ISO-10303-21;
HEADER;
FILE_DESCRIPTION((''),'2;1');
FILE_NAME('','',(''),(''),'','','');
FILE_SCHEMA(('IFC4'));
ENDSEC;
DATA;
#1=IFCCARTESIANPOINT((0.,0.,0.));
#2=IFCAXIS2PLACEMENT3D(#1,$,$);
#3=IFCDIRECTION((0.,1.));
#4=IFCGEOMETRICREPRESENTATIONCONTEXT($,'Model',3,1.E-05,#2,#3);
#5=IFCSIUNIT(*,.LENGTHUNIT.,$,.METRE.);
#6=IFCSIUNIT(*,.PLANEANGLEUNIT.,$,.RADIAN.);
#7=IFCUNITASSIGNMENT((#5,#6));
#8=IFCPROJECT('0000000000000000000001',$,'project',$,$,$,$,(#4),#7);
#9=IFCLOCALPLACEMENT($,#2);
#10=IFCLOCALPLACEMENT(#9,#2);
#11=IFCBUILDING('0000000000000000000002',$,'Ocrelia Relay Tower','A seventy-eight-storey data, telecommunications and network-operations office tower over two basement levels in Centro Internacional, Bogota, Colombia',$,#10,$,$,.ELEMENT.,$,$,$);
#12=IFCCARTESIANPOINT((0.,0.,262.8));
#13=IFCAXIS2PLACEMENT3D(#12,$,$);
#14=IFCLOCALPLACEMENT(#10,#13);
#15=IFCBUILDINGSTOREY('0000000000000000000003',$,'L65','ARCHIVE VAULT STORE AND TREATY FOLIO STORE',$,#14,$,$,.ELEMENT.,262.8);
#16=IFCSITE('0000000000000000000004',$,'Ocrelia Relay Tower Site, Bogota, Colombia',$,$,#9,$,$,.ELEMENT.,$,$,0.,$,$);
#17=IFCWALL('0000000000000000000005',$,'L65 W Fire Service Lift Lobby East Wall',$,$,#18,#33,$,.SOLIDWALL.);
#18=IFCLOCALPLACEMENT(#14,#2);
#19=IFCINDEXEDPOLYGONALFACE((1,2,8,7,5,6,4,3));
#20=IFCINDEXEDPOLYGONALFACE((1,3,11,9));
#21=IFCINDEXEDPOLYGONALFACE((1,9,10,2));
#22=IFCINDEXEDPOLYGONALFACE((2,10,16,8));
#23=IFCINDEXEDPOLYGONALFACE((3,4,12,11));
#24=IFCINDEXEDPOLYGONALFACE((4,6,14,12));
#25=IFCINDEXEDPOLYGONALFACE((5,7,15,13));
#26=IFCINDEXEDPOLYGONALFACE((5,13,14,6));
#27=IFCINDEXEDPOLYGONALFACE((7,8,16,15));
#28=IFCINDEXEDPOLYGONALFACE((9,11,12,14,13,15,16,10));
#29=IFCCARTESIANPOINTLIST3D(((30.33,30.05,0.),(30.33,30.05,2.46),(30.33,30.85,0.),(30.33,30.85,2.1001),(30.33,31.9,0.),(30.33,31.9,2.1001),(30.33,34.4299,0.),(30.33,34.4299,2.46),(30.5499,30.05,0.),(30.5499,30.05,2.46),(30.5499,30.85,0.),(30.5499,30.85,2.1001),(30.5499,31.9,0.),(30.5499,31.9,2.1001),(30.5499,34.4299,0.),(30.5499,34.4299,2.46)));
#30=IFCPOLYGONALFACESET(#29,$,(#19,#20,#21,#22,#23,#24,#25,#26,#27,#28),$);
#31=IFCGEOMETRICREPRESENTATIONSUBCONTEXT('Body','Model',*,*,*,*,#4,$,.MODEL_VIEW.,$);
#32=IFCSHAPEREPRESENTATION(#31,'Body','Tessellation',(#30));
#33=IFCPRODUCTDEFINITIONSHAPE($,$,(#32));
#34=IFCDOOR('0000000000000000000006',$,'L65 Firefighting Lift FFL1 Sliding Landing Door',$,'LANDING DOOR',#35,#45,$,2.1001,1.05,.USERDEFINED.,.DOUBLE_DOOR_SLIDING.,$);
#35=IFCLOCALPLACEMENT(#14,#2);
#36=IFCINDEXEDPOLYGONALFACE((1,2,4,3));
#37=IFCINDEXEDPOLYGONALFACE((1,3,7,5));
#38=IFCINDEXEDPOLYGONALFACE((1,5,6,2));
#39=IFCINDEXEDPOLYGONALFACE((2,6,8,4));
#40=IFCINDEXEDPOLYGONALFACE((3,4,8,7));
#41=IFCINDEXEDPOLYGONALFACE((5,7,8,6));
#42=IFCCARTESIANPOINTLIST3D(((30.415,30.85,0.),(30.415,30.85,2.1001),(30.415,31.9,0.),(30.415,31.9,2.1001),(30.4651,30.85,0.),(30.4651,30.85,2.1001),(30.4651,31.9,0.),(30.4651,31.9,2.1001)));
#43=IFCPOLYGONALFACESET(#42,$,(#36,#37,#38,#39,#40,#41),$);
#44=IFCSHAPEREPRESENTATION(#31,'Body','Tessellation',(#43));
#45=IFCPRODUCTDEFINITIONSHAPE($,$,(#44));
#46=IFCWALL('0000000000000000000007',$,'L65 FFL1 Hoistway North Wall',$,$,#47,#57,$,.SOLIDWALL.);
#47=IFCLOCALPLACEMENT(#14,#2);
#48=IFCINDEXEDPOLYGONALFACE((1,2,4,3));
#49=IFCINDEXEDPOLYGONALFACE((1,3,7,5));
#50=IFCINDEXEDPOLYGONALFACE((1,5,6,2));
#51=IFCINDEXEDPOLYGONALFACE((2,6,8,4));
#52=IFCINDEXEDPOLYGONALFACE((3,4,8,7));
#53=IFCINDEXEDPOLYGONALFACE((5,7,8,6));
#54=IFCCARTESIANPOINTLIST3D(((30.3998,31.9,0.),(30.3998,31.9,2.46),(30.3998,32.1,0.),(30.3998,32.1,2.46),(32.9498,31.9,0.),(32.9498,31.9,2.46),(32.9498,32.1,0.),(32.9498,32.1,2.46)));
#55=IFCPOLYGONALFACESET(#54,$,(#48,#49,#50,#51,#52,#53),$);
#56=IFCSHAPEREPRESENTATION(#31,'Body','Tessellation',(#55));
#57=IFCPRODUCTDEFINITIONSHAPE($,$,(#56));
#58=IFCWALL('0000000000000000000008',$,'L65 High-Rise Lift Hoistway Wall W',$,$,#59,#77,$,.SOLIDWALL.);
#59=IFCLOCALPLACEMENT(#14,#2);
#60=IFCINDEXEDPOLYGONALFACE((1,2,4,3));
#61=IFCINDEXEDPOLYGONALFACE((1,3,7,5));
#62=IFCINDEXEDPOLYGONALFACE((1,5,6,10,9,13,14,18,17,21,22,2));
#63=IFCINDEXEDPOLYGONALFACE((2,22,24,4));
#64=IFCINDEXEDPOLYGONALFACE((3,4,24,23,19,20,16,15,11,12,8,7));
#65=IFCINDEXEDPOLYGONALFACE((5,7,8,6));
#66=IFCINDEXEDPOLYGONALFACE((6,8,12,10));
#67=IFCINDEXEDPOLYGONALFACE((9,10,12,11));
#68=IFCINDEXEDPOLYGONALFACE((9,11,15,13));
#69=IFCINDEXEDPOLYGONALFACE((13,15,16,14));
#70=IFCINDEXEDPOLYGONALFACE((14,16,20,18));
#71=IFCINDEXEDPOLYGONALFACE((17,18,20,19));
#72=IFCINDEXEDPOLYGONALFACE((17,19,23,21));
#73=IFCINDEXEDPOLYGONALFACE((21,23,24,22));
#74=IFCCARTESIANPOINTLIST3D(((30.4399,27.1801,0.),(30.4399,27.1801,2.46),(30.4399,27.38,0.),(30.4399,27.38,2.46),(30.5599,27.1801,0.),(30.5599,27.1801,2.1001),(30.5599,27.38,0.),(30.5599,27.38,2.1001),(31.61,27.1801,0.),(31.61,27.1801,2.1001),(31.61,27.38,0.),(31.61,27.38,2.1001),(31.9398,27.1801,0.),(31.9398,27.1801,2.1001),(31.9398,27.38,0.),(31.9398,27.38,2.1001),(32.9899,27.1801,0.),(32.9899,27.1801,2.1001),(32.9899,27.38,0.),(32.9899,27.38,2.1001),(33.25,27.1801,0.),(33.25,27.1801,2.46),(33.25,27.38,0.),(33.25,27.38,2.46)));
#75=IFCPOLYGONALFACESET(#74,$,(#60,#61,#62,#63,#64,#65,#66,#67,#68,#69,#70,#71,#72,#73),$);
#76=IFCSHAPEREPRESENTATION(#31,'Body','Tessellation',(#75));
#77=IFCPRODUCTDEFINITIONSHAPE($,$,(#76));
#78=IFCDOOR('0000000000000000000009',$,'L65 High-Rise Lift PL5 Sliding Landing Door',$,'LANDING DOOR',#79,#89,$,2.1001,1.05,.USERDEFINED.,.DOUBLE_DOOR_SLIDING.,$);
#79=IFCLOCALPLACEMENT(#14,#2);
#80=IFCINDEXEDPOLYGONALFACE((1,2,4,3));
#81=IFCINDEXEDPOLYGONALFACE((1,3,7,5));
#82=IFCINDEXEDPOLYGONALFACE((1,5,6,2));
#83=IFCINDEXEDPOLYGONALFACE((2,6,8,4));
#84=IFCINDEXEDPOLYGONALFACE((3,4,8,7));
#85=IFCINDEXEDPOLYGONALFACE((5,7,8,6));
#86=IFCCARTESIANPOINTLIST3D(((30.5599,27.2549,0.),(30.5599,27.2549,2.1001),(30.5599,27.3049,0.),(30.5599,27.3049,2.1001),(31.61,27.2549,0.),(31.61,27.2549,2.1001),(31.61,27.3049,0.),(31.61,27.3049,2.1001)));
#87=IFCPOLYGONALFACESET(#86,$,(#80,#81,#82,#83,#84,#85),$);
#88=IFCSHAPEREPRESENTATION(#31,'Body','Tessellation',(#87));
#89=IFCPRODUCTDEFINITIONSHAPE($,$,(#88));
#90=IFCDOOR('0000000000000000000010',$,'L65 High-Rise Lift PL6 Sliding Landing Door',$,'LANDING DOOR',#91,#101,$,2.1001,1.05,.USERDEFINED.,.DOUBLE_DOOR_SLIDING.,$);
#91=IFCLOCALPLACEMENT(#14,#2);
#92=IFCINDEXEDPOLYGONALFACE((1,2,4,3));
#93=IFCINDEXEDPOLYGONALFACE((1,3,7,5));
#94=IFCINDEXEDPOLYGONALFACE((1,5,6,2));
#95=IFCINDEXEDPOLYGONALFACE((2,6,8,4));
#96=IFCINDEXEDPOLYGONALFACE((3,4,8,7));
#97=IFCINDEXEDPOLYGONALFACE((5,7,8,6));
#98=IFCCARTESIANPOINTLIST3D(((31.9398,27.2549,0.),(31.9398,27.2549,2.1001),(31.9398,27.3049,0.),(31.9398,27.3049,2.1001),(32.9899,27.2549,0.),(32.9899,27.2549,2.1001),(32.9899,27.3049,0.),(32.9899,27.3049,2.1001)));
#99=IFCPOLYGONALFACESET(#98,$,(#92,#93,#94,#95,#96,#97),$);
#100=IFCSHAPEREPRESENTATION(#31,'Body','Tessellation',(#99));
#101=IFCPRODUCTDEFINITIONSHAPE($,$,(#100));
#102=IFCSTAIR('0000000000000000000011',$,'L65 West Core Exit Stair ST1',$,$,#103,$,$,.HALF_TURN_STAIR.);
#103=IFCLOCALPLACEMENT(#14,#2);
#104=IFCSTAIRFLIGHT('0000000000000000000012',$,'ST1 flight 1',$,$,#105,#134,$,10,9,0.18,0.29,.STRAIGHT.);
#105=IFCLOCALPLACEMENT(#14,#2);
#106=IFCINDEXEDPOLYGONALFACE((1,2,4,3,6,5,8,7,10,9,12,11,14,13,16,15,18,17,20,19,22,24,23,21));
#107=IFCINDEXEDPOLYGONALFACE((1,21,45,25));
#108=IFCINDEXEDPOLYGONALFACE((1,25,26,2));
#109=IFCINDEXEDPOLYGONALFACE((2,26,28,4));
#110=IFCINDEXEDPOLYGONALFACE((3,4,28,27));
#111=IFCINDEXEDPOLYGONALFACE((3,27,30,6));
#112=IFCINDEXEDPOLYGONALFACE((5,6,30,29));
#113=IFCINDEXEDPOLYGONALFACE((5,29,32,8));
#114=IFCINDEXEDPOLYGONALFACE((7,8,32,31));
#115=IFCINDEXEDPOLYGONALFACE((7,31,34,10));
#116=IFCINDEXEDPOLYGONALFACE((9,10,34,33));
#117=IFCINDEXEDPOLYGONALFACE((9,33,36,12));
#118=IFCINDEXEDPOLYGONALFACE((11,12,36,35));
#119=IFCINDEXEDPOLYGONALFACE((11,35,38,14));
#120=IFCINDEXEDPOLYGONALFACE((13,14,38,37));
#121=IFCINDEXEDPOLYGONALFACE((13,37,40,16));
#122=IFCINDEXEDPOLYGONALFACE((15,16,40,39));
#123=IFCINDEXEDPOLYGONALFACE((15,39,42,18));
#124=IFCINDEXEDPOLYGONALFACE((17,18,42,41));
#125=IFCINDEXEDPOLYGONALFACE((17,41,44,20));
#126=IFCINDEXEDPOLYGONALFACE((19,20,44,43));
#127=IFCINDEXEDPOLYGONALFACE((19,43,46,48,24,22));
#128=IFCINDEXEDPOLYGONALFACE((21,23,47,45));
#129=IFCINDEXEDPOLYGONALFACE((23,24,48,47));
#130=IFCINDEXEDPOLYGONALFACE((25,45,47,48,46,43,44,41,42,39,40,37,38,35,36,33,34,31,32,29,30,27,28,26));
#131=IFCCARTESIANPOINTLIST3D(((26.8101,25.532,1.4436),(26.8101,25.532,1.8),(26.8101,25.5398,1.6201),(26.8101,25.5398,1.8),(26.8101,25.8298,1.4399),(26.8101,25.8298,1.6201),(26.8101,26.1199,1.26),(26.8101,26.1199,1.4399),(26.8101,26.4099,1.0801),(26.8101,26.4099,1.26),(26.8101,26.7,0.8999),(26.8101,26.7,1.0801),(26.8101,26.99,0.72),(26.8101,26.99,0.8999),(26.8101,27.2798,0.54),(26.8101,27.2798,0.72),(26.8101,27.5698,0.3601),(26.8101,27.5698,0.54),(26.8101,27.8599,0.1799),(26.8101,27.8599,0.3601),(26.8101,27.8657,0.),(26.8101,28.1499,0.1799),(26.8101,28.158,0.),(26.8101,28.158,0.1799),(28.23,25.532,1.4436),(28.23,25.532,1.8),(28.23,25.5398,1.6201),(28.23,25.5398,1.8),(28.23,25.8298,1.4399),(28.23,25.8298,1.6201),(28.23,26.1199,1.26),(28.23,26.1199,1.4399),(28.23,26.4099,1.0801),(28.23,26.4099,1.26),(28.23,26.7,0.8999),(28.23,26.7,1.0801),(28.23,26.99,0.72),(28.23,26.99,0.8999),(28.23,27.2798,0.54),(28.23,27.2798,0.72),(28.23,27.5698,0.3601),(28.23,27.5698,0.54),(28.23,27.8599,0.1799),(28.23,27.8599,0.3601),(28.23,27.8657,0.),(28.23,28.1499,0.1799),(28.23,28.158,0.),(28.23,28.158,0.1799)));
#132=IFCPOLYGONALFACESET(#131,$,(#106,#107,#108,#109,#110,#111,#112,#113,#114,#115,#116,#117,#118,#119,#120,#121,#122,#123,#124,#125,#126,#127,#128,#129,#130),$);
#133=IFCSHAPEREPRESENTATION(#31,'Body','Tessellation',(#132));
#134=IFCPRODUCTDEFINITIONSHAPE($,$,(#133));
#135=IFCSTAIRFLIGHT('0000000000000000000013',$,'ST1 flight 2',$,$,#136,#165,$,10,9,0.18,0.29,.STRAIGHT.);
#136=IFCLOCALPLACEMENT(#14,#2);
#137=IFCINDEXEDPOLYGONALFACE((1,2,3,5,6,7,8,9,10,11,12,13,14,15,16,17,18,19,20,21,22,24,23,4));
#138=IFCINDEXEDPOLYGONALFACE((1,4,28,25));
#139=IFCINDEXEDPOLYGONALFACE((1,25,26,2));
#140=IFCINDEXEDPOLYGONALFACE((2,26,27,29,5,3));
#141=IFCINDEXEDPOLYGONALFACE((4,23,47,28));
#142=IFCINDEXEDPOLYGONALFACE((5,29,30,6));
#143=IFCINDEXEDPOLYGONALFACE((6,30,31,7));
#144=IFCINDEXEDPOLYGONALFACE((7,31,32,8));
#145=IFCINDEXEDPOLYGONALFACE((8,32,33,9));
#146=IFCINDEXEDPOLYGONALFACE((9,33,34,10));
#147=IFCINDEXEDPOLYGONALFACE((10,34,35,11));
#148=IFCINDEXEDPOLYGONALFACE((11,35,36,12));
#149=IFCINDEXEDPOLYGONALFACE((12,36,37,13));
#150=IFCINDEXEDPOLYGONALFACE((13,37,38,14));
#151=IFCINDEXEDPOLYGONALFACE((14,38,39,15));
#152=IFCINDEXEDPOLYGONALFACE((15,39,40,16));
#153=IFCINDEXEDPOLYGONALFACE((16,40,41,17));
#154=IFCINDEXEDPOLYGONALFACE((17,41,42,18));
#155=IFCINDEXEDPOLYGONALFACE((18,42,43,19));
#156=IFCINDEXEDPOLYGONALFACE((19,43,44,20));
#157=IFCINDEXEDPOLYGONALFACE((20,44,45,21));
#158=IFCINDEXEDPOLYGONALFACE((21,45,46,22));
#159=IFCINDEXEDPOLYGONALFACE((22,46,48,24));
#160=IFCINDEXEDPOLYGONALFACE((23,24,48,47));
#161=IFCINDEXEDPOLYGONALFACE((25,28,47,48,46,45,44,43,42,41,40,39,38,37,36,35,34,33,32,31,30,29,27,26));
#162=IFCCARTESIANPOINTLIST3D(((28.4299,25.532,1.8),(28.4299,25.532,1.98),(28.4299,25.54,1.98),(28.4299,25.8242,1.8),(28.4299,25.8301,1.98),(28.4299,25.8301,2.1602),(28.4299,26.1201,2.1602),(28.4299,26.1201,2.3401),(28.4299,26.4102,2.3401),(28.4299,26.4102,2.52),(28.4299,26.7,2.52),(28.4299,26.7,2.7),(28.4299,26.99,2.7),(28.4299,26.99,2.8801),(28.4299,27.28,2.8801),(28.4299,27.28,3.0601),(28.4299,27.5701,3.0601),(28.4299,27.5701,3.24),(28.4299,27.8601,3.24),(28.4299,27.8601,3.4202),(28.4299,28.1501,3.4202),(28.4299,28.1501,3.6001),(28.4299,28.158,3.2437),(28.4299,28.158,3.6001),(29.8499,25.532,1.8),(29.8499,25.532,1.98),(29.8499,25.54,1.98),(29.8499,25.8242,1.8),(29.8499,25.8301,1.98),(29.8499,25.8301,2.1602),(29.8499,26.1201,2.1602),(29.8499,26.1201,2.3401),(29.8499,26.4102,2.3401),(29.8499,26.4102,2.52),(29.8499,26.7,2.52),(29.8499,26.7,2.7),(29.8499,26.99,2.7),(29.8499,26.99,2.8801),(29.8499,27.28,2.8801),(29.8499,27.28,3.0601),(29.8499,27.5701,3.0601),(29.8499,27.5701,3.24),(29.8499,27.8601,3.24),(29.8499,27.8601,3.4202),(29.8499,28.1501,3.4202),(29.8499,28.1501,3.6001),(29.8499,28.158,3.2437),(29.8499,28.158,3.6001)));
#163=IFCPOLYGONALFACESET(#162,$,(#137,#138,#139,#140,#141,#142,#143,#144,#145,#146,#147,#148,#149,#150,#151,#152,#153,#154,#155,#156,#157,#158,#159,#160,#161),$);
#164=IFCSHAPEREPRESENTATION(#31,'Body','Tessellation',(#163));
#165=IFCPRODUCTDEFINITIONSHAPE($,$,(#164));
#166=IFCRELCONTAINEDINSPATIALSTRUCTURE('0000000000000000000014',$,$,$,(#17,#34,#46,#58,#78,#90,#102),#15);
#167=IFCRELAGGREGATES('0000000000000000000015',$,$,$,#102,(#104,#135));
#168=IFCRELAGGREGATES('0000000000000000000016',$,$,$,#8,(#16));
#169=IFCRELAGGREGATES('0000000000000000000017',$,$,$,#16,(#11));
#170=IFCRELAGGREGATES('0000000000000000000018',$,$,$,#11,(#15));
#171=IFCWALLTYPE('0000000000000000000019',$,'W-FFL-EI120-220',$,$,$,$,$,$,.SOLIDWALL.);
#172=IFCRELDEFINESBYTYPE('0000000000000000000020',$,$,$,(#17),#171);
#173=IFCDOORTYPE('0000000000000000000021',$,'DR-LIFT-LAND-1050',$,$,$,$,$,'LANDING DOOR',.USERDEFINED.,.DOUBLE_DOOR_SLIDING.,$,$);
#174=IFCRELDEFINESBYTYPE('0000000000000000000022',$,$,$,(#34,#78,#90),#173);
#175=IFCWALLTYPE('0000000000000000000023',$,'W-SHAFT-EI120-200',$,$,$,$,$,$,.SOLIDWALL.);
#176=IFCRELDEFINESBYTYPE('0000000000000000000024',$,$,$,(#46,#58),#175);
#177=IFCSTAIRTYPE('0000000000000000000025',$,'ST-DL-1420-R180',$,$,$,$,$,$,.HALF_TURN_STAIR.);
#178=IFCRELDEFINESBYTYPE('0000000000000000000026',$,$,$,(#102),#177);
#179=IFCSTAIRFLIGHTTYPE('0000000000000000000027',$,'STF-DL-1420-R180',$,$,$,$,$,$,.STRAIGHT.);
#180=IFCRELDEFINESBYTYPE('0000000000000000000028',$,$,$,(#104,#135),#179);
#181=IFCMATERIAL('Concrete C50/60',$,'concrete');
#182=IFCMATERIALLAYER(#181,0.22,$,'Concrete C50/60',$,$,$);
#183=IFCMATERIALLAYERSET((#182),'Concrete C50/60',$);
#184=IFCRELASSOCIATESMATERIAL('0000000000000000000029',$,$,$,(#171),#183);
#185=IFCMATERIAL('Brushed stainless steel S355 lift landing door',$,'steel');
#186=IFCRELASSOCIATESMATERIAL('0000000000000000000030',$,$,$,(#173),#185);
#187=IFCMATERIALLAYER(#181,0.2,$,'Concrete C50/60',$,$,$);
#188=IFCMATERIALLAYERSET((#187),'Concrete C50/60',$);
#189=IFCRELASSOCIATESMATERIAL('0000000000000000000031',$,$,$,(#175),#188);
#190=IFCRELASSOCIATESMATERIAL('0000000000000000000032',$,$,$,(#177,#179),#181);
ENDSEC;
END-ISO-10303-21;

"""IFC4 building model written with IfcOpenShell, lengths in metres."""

from ifc_helpers import new_model, si_unit, direction, frame, frame_2d, origin, place, context, subcontext, project, spatial, polyline, rectangle, outline, extrude, material, layer, layer_set, type_object, element, fill, aggregate, save


model = new_model("IFC4")

# Units and contexts
model_context = context("Model", 3, precision=1e-05, world=origin(), true_north=direction((0.0, 1.0)))
body_context = subcontext(model_context, "Body", "Model", "MODEL_VIEW")
ifc_project = project(units=[si_unit("LENGTHUNIT", "METRE"), si_unit("PLANEANGLEUNIT", "RADIAN")], contexts=[model_context])

# Site, building, storey
site_placement = place(None, origin())
site = spatial("IfcSite", under=ifc_project, at=site_placement, Name="Ocrelia Relay Tower Site, Bogota, Colombia", CompositionType="ELEMENT", RefElevation=0.0)
building_placement = place(site_placement, origin())
building = spatial("IfcBuilding", under=site, at=building_placement, Name="Ocrelia Relay Tower", Description="A seventy-eight-storey data, telecommunications and network-operations office tower over two basement levels in Centro Internacional, Bogota, Colombia", CompositionType="ELEMENT")
storey_placement = place(building_placement, frame((0.0, 0.0, 262.8)))
storey = spatial("IfcBuildingStorey", under=building, at=storey_placement, Name="L65", Description="ARCHIVE VAULT STORE AND TREATY FOLIO STORE", CompositionType="ELEMENT", Elevation=262.8)

# Shared definitions
ifc_material_1 = material(Name="Concrete C50/60", Category="concrete")

# Shared definitions
ifc_layer_1 = layer(ifc_material_1, 0.22, Name="Concrete C50/60")
ifc_layer_set_1 = layer_set([ifc_layer_1], Name="Concrete C50/60")
wall_type_1 = type_object("IfcWallType", Name="W-FFL-EI120-220", PredefinedType="SOLIDWALL", material=ifc_layer_set_1)

# Wall, opening, door
wall_1_placement = place(storey_placement, frame((30.4399, 30.05, 0.0), z_axis=(0.0, 0.0, 1.0), x_axis=(0.0, 1.0, 0.0)))
wall_1 = element("IfcWall", 1, at=wall_1_placement, inside=storey, type_object=wall_type_1, Name="L65 W Fire Service Lift Lobby East Wall", PredefinedType="SOLIDWALL", context=body_context, shape_type="SweptSolid", body=[
    extrude(rectangle(XDim=4.3799, YDim=0.22, at=frame_2d((2.1899, 0.0))), origin(), (0.0, 0.0, 1.0), 2.46),
])
opening_1_placement = place(wall_1_placement, frame((0.8, 0.0, 0.0)))
opening_1 = element("IfcOpeningElement", 2, at=opening_1_placement, cuts=wall_1, PredefinedType="OPENING", context=body_context, shape_type="SweptSolid", body=[
    extrude(rectangle(XDim=1.05, YDim=2.1001, at=frame_2d((0.5249, 1.05))), frame((0.0, 0.1201, 0.0), z_axis=(0.0, -1.0, 0.0), x_axis=(1.0, 0.0, 0.0)), (0.0, 0.0, 1.0), 0.24),
])
ifc_material_2 = material(Name="Brushed stainless steel S355 lift landing door", Category="steel")
door_type_1 = type_object("IfcDoorType", Name="DR-LIFT-LAND-1050", ElementType="LANDING DOOR", OperationType="DOUBLE_DOOR_SLIDING", PredefinedType="USERDEFINED", material=ifc_material_2)
door_1_placement = place(opening_1_placement, origin())
door_1 = element("IfcDoor", 3, at=door_1_placement, inside=storey, type_object=door_type_1, Name="L65 Firefighting Lift FFL1 Sliding Landing Door", ObjectType="LANDING DOOR", OperationType="DOUBLE_DOOR_SLIDING", OverallHeight=2.1001, OverallWidth=1.05, PredefinedType="USERDEFINED", context=body_context, shape_type="SweptSolid", body=[
    extrude(rectangle(XDim=1.05, YDim=2.1001, at=frame_2d((0.5249, 1.05))), frame((0.0, 0.0249, 0.0), z_axis=(0.0, -1.0, 0.0), x_axis=(1.0, 0.0, 0.0)), (0.0, 0.0, 1.0), 0.05),
])
fill(opening_1, door_1)

# Wall
ifc_layer_2 = layer(ifc_material_1, 0.2, Name="Concrete C50/60")
ifc_layer_set_2 = layer_set([ifc_layer_2], Name="Concrete C50/60")
wall_type_2 = type_object("IfcWallType", Name="W-SHAFT-EI120-200", PredefinedType="SOLIDWALL", material=ifc_layer_set_2)
wall_2_placement = place(storey_placement, frame((30.3999, 32.0, 0.0), z_axis=(0.0, 0.0, 1.0), x_axis=(1.0, 0.0, 0.0)))
element("IfcWall", 4, at=wall_2_placement, inside=storey, type_object=wall_type_2, Name="L65 FFL1 Hoistway North Wall", PredefinedType="SOLIDWALL", context=body_context, shape_type="SweptSolid", body=[
    extrude(rectangle(XDim=2.55, YDim=0.2, at=frame_2d((1.2749, 0.0))), origin(), (0.0, 0.0, 1.0), 2.46),
])

# Wall, openings, doors
wall_3_placement = place(storey_placement, frame((30.4399, 27.28, 0.0), z_axis=(0.0, 0.0, 1.0), x_axis=(1.0, 0.0, 0.0)))
wall_3 = element("IfcWall", 5, at=wall_3_placement, inside=storey, type_object=wall_type_2, Name="L65 High-Rise Lift Hoistway Wall W", PredefinedType="SOLIDWALL", context=body_context, shape_type="SweptSolid", body=[
    extrude(rectangle(XDim=2.8101, YDim=0.2, at=frame_2d((1.405, 0.0))), origin(), (0.0, 0.0, 1.0), 2.46),
])
opening_2_placement = place(wall_3_placement, frame((0.1201, 0.0, 0.0)))
opening_2 = element("IfcOpeningElement", 6, at=opening_2_placement, cuts=wall_3, PredefinedType="OPENING", context=body_context, shape_type="SweptSolid", body=[
    extrude(rectangle(XDim=1.05, YDim=2.1001, at=frame_2d((0.5249, 1.05))), frame((0.0, 0.1099, 0.0), z_axis=(0.0, -1.0, 0.0), x_axis=(1.0, 0.0, 0.0)), (0.0, 0.0, 1.0), 0.22),
])
opening_3_placement = place(wall_3_placement, frame((1.5, 0.0, 0.0)))
opening_3 = element("IfcOpeningElement", 7, at=opening_3_placement, cuts=wall_3, PredefinedType="OPENING", context=body_context, shape_type="SweptSolid", body=[
    extrude(rectangle(XDim=1.05, YDim=2.1001, at=frame_2d((0.5249, 1.05))), frame((0.0, 0.1099, 0.0), z_axis=(0.0, -1.0, 0.0), x_axis=(1.0, 0.0, 0.0)), (0.0, 0.0, 1.0), 0.22),
])
door_2_placement = place(opening_2_placement, origin())
door_2 = element("IfcDoor", 8, at=door_2_placement, inside=storey, type_object=door_type_1, Name="L65 High-Rise Lift PL5 Sliding Landing Door", ObjectType="LANDING DOOR", OperationType="DOUBLE_DOOR_SLIDING", OverallHeight=2.1001, OverallWidth=1.05, PredefinedType="USERDEFINED", context=body_context, shape_type="SweptSolid", body=[
    extrude(rectangle(XDim=1.05, YDim=2.1001, at=frame_2d((0.5249, 1.05))), frame((0.0, 0.0249, 0.0), z_axis=(0.0, -1.0, 0.0), x_axis=(1.0, 0.0, 0.0)), (0.0, 0.0, 1.0), 0.05),
])
fill(opening_2, door_2)
door_3_placement = place(opening_3_placement, origin())
door_3 = element("IfcDoor", 9, at=door_3_placement, inside=storey, type_object=door_type_1, Name="L65 High-Rise Lift PL6 Sliding Landing Door", ObjectType="LANDING DOOR", OperationType="DOUBLE_DOOR_SLIDING", OverallHeight=2.1001, OverallWidth=1.05, PredefinedType="USERDEFINED", context=body_context, shape_type="SweptSolid", body=[
    extrude(rectangle(XDim=1.05, YDim=2.1001, at=frame_2d((0.5249, 1.05))), frame((0.0, 0.0249, 0.0), z_axis=(0.0, -1.0, 0.0), x_axis=(1.0, 0.0, 0.0)), (0.0, 0.0, 1.0), 0.05),
])
fill(opening_3, door_3)

# Stair, stair flights
stair_type = type_object("IfcStairType", Name="ST-DL-1420-R180", PredefinedType="HALF_TURN_STAIR", material=ifc_material_1)
stair_placement = place(storey_placement, origin())
stair = element("IfcStair", 10, at=stair_placement, inside=storey, type_object=stair_type, Name="L65 West Core Exit Stair ST1", PredefinedType="HALF_TURN_STAIR")
stair_flight_type = type_object("IfcStairFlightType", Name="STF-DL-1420-R180", PredefinedType="STRAIGHT", material=ifc_material_1)
stair_flight_1_placement = place(storey_placement, frame((27.52, 28.1499, 0.0), z_axis=(0.0, 0.0, 1.0), x_axis=(0.0, -1.0, 0.0)))
stair_flight_1 = element("IfcStairFlight", 11, at=stair_flight_1_placement, type_object=stair_flight_type, Name="ST1 flight 1", NumberOfRisers=10, NumberOfTreads=9, PredefinedType="STRAIGHT", RiserHeight=0.18, TreadLength=0.29, context=body_context, shape_type="SweptSolid", body=[
    extrude(outline(polyline([(-0.0081, 0.0), (-0.0081, 0.1799), (0.0, 0.1799), (0.29, 0.1799), (0.29, 0.3601), (0.5801, 0.3601), (0.5801, 0.54), (0.8701, 0.54), (0.8701, 0.72), (1.1599, 0.72), (1.1599, 0.8999), (1.45, 0.8999), (1.45, 1.0801), (1.74, 1.0801), (1.74, 1.26), (2.03, 1.26), (2.03, 1.4399), (2.3201, 1.4399), (2.3201, 1.6201), (2.6101, 1.6201), (2.6101, 1.8), (2.6179, 1.8), (2.6179, 1.4436), (0.2842, 0.0), (-0.0081, 0.0)])), frame((0.0, 0.71, 0.0), z_axis=(0.0, -1.0, 0.0), x_axis=(1.0, 0.0, 0.0)), (0.0, 0.0, 1.0), 1.4199),
])
stair_flight_2_placement = place(storey_placement, frame((29.1399, 25.54, 1.8), z_axis=(0.0, 0.0, 1.0), x_axis=(0.0, 1.0, 0.0)))
stair_flight_2 = element("IfcStairFlight", 12, at=stair_flight_2_placement, type_object=stair_flight_type, Name="ST1 flight 2", NumberOfRisers=10, NumberOfTreads=9, PredefinedType="STRAIGHT", RiserHeight=0.18, TreadLength=0.29, context=body_context, shape_type="SweptSolid", body=[
    extrude(outline(polyline([(-0.0081, 0.0), (-0.0081, 0.1799), (0.0, 0.1799), (0.29, 0.1799), (0.29, 0.3601), (0.5801, 0.3601), (0.5801, 0.54), (0.8701, 0.54), (0.8701, 0.72), (1.1599, 0.72), (1.1599, 0.8999), (1.45, 0.8999), (1.45, 1.0801), (1.74, 1.0801), (1.74, 1.26), (2.03, 1.26), (2.03, 1.4399), (2.3201, 1.4399), (2.3201, 1.6201), (2.6101, 1.6201), (2.6101, 1.8), (2.6179, 1.8), (2.6179, 1.4436), (0.2842, 0.0), (-0.0081, 0.0)])), frame((0.0, 0.71, 0.0), z_axis=(0.0, -1.0, 0.0), x_axis=(1.0, 0.0, 0.0)), (0.0, 0.0, 1.0), 1.4199),
])
aggregate(stair, [stair_flight_1, stair_flight_2])

save(model, "model.ifc")
